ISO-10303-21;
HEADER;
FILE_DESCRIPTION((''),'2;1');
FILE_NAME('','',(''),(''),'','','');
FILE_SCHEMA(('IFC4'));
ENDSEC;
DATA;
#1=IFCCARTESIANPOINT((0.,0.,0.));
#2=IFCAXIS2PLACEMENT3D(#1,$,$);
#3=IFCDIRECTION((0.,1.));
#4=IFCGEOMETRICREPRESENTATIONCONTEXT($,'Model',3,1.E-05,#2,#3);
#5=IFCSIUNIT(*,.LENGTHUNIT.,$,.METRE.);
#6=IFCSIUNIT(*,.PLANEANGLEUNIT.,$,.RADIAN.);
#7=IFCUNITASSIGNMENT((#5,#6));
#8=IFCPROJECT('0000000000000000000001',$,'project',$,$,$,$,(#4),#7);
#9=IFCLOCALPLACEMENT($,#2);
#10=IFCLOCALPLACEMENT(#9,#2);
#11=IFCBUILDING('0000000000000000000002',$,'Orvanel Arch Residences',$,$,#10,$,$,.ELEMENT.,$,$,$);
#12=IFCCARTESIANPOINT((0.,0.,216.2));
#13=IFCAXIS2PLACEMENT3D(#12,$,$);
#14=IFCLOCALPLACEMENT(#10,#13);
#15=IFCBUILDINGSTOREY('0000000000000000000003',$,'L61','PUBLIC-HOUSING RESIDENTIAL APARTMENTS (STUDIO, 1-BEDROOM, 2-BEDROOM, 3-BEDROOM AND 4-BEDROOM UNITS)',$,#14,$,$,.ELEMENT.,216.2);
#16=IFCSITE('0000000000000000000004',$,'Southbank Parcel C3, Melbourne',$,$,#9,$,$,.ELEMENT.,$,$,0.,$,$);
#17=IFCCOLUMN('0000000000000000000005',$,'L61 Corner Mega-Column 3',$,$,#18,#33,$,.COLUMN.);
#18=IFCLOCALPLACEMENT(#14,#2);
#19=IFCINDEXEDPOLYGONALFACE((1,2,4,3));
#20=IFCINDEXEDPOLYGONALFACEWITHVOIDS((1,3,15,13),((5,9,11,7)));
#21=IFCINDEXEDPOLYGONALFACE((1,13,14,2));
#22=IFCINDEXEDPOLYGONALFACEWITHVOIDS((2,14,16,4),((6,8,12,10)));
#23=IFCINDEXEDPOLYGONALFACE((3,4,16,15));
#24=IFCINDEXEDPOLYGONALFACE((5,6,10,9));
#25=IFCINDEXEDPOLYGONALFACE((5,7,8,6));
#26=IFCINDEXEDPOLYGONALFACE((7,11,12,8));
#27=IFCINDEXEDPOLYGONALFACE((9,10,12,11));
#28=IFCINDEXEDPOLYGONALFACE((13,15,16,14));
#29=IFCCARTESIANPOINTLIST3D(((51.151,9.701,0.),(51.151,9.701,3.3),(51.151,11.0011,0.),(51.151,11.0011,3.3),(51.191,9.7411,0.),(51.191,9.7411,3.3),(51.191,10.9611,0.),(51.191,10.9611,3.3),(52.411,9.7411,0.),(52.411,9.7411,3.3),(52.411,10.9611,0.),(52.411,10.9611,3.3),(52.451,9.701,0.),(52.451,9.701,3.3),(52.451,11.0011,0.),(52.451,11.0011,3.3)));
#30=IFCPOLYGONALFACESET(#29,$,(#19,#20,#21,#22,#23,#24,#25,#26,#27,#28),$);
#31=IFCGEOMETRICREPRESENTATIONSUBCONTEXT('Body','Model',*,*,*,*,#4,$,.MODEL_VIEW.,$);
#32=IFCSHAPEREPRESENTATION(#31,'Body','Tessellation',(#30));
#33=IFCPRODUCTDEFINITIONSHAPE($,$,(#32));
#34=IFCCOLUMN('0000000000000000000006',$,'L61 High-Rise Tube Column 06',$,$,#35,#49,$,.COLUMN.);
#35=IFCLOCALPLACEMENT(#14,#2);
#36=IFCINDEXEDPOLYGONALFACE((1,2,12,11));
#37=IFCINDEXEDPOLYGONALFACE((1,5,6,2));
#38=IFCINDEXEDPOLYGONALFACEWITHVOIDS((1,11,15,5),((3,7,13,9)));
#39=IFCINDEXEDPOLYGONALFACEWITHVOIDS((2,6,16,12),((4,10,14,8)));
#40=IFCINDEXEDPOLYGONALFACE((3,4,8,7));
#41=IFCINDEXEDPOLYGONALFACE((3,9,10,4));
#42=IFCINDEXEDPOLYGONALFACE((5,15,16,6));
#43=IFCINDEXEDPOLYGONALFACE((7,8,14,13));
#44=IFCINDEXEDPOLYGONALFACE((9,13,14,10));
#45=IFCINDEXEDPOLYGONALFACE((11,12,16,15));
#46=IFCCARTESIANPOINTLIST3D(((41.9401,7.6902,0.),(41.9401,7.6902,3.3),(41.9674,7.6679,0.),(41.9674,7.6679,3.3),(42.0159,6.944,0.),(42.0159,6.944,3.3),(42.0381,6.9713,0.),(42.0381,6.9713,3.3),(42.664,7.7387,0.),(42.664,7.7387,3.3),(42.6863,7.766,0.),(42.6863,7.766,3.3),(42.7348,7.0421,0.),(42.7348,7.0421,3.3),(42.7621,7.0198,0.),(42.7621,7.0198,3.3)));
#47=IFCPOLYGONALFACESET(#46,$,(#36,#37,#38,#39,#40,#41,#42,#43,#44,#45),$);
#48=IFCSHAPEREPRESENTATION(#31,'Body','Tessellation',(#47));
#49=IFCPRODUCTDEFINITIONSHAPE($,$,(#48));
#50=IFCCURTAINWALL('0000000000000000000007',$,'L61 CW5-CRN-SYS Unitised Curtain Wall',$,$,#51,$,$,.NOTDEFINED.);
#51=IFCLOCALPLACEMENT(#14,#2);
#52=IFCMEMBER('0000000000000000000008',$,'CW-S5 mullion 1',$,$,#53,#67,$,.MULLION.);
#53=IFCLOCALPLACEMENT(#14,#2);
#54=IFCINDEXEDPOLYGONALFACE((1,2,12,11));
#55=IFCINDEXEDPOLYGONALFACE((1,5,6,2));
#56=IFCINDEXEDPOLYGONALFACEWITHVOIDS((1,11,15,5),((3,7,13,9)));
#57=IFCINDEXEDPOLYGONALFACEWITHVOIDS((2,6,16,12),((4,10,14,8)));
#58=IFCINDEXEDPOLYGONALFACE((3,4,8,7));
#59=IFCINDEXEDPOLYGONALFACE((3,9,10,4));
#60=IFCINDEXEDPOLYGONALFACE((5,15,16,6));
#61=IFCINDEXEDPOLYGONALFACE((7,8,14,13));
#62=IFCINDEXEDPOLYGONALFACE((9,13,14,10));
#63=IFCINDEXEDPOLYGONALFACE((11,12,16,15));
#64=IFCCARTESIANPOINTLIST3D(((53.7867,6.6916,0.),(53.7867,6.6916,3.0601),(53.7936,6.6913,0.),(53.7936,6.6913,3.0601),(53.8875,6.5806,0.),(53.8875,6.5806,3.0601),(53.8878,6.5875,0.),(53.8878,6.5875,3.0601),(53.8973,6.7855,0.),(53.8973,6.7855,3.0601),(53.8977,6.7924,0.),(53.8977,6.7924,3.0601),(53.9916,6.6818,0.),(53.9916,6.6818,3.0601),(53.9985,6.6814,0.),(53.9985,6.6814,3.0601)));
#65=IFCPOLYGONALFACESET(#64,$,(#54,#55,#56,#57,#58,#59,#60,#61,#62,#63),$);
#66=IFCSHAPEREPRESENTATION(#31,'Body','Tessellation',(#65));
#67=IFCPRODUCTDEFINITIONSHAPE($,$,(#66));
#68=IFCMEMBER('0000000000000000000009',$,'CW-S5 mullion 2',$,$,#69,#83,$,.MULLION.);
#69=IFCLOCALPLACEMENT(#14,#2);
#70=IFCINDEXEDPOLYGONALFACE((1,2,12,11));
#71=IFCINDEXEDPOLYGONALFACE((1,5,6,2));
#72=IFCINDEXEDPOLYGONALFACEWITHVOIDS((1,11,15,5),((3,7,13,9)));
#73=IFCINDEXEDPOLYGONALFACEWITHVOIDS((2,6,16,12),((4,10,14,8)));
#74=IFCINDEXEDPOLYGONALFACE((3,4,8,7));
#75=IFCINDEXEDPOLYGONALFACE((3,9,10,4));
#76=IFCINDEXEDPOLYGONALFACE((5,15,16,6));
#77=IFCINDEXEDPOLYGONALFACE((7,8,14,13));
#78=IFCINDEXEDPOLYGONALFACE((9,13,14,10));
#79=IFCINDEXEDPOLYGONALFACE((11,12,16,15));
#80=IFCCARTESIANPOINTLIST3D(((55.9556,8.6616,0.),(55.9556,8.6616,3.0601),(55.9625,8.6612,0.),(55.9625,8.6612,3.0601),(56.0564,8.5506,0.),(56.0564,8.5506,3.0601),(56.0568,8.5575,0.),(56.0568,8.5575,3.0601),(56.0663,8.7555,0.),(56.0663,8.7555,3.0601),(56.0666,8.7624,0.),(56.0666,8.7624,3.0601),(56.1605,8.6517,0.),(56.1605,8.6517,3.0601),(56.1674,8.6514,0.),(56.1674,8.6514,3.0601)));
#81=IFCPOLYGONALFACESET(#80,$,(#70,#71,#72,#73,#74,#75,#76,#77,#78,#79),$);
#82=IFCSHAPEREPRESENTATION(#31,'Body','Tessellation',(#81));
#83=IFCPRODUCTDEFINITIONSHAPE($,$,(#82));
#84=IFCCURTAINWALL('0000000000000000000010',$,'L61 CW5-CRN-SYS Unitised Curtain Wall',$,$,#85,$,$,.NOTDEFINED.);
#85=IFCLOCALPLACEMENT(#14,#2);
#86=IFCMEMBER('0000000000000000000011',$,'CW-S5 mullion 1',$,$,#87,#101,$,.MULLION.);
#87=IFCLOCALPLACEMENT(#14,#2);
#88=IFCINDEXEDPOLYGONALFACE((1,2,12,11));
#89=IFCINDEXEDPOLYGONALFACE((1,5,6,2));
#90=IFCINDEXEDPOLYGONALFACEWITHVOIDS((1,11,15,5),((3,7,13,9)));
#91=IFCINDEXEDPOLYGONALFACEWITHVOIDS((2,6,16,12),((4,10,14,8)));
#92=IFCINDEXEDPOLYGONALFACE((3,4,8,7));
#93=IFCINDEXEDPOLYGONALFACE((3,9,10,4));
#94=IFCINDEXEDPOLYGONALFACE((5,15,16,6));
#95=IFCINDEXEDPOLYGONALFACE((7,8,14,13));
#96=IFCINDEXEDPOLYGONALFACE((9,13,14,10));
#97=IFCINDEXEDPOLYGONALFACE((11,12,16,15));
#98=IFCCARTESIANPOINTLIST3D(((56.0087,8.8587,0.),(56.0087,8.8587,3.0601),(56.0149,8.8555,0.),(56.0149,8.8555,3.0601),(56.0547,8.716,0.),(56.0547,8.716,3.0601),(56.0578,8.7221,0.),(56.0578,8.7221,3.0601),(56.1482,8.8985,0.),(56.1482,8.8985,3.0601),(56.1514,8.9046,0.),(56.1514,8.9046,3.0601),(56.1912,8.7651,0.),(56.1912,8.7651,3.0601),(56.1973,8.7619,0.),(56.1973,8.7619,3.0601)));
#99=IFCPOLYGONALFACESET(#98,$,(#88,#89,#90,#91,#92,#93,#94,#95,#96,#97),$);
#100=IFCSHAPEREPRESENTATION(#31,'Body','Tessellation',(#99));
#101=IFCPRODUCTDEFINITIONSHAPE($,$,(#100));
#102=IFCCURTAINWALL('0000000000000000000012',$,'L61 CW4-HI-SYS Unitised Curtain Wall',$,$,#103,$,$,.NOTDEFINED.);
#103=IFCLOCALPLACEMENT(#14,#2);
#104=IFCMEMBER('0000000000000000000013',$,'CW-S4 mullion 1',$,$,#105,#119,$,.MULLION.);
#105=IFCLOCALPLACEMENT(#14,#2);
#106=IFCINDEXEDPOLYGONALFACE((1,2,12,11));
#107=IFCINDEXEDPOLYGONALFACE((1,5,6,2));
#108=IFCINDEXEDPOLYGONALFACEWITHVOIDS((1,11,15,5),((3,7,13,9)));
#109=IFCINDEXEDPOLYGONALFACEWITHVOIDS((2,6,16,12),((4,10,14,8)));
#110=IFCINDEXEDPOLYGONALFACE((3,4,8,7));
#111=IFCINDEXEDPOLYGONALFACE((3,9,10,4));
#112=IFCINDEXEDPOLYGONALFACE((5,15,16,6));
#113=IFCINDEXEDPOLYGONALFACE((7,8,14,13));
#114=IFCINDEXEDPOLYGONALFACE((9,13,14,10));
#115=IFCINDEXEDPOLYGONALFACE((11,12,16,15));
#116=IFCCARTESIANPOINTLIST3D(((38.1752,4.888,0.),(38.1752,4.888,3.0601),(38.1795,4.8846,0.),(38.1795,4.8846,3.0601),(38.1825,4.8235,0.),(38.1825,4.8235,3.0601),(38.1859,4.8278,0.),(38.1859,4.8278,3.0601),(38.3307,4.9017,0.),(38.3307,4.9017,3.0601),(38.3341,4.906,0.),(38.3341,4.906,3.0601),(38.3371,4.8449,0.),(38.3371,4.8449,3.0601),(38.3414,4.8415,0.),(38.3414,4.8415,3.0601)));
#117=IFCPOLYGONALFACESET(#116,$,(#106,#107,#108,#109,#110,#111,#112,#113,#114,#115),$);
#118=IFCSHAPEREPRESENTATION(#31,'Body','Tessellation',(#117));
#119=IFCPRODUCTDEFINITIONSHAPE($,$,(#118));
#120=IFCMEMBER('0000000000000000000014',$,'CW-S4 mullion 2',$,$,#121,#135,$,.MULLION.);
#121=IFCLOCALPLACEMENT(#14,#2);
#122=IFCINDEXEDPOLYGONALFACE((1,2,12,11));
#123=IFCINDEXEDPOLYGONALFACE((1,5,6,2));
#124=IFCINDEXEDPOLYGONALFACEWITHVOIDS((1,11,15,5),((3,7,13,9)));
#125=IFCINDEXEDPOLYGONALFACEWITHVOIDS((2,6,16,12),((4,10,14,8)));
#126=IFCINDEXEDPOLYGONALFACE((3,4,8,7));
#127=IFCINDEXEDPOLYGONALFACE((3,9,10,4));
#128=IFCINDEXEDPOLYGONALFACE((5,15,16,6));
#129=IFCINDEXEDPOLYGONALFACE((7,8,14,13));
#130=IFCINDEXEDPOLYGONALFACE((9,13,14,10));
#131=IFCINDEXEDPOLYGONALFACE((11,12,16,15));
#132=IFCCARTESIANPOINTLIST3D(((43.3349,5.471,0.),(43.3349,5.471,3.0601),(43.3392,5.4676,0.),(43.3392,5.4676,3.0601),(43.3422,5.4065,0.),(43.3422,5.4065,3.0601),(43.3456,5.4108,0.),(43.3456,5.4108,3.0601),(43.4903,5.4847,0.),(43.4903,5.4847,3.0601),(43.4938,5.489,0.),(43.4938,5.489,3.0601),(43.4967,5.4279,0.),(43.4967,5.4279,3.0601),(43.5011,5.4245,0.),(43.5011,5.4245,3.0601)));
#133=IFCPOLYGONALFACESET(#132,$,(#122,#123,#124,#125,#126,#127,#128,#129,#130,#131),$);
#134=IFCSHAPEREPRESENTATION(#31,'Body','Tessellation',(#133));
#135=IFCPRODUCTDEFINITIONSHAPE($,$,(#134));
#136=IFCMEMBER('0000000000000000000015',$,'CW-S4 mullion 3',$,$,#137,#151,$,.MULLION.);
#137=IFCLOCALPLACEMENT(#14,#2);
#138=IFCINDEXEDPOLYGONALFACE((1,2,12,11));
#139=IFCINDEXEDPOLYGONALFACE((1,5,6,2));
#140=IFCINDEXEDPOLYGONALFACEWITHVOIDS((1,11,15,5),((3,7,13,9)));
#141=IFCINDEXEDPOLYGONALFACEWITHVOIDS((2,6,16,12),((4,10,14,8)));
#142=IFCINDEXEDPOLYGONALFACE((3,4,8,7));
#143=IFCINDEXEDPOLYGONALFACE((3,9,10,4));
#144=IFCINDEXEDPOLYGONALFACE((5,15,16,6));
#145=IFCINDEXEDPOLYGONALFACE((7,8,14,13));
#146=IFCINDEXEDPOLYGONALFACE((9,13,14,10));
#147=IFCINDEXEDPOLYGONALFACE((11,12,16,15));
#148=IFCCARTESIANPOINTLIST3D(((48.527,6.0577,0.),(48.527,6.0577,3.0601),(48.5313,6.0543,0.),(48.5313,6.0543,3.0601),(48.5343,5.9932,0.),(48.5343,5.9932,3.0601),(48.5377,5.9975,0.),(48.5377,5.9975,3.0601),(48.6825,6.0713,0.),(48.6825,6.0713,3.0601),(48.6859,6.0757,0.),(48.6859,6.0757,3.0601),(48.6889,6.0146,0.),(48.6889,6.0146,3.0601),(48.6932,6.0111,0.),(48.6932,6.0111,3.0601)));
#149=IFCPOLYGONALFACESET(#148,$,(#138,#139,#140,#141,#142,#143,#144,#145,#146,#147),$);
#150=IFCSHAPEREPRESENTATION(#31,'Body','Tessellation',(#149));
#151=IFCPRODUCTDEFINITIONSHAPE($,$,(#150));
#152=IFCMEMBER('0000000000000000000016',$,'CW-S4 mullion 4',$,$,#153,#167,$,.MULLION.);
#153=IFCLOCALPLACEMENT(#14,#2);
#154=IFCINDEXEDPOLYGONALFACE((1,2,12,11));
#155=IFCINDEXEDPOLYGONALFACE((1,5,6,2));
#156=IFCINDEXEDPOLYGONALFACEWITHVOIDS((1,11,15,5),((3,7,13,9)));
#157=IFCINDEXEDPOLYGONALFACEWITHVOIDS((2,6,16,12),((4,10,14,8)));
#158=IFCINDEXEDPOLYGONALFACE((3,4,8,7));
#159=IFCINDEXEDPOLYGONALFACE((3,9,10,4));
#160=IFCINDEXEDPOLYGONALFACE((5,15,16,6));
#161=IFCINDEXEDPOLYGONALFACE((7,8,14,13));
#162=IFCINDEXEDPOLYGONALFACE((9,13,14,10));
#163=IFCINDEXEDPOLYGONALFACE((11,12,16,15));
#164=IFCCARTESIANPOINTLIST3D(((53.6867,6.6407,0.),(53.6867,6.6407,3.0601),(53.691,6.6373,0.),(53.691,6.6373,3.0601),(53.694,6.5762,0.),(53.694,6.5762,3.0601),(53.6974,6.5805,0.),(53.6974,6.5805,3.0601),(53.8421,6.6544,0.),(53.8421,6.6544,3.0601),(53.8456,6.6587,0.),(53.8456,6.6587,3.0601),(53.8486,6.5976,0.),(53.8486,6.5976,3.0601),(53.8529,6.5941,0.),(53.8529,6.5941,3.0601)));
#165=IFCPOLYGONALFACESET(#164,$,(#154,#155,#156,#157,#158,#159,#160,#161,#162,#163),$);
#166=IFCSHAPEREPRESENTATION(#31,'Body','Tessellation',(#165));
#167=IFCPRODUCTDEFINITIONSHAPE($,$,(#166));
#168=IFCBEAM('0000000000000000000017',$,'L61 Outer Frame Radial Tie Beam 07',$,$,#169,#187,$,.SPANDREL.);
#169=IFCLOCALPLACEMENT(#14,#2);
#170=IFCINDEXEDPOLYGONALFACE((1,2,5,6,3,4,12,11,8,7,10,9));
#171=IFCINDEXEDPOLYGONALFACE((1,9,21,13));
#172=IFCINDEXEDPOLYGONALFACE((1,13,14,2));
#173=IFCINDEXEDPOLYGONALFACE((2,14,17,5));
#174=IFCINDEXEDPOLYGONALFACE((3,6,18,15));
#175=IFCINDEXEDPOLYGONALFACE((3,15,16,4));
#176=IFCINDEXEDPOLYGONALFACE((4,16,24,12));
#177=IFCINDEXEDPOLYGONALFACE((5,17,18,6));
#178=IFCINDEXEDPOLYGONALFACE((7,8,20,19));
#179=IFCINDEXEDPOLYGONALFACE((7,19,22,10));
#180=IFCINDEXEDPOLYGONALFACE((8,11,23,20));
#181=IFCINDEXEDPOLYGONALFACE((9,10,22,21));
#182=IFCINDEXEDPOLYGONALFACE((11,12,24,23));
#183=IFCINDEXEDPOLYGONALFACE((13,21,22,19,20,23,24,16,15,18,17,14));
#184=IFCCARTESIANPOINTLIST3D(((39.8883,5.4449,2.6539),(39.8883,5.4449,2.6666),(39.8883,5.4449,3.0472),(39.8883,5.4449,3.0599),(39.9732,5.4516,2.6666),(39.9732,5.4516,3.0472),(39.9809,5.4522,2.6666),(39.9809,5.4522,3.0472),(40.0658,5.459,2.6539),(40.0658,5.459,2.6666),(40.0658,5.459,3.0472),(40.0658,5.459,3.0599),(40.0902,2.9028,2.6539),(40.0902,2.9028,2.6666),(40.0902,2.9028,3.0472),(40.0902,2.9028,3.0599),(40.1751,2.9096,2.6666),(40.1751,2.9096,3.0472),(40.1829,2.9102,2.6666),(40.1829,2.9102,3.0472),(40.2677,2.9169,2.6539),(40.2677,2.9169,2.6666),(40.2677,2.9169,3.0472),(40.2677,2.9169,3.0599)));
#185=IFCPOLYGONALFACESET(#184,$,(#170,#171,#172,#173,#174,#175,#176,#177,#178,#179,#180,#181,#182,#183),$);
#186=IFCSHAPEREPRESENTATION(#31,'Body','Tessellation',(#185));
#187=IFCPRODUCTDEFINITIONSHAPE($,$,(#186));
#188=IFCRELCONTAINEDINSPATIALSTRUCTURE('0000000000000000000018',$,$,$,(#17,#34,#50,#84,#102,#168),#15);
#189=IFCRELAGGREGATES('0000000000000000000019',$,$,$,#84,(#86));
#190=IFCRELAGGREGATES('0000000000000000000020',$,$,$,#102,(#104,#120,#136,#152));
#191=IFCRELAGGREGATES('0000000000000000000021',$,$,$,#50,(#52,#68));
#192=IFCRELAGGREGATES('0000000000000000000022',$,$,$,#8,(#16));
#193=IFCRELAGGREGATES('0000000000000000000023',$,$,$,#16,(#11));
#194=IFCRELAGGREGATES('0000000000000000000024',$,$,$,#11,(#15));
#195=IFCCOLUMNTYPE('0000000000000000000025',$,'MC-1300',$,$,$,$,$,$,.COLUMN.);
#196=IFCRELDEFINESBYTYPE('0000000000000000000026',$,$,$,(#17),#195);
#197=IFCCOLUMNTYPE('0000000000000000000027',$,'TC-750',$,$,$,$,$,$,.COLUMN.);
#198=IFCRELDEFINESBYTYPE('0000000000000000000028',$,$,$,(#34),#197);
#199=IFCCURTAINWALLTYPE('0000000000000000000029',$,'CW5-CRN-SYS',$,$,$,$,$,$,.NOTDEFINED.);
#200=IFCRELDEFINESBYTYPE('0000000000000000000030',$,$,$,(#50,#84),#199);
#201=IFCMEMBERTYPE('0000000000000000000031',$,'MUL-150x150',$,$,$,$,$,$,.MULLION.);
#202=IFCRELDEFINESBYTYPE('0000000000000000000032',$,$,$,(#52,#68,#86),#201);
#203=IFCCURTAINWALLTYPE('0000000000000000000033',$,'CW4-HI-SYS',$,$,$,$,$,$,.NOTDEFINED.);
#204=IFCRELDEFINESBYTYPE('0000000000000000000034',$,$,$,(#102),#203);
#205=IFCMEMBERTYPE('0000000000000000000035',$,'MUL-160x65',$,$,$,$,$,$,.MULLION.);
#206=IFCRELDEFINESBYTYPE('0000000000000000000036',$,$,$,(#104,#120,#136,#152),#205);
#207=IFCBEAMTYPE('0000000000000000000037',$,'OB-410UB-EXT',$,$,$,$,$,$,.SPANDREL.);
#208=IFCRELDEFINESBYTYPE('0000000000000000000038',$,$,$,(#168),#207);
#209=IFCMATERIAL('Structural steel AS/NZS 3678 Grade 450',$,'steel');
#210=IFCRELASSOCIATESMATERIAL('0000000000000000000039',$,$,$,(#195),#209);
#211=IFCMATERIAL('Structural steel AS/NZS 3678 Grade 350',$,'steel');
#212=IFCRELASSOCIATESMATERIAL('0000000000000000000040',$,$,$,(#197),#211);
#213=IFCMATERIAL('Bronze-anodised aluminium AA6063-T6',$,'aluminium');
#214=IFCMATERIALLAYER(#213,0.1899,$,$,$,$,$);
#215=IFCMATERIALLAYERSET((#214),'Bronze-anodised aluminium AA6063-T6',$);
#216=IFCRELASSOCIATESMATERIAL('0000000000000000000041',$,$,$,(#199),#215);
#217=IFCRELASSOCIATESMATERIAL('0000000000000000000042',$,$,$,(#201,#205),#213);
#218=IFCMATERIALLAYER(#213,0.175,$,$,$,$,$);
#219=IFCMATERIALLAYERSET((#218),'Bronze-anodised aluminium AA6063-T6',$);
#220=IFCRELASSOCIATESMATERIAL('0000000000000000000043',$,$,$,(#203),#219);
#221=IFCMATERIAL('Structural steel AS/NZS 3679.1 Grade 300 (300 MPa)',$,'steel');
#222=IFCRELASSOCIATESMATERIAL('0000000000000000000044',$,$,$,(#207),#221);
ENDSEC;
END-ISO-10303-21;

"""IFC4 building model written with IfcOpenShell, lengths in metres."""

from ifc_helpers import new_model, si_unit, direction, frame, origin, origin_2d, place, context, subcontext, project, spatial, hollow_rectangle, i_section, extrude, material, layer, layer_set, material_profile, profile_set, type_object, element, aggregate, save


model = new_model("IFC4")

# Units and contexts
model_context = context("Model", 3, precision=1e-05, world=origin(), true_north=direction((0.0, 1.0)))
body_context = subcontext(model_context, "Body", "Model", "MODEL_VIEW")
ifc_project = project(units=[si_unit("LENGTHUNIT", "METRE"), si_unit("PLANEANGLEUNIT", "RADIAN")], contexts=[model_context])

# Site, building, storey
site_placement = place(None, origin())
site = spatial("IfcSite", under=ifc_project, at=site_placement, Name="Southbank Parcel C3, Melbourne", CompositionType="ELEMENT", RefElevation=0.0)
building_placement = place(site_placement, origin())
building = spatial("IfcBuilding", under=site, at=building_placement, Name="Orvanel Arch Residences", CompositionType="ELEMENT")
storey_placement = place(building_placement, frame((0.0, 0.0, 216.2)))
storey = spatial("IfcBuildingStorey", under=building, at=storey_placement, Name="L61", Description="PUBLIC-HOUSING RESIDENTIAL APARTMENTS (STUDIO, 1-BEDROOM, 2-BEDROOM, 3-BEDROOM AND 4-BEDROOM UNITS)", CompositionType="ELEMENT", Elevation=216.2)

# Columns
ifc_material_1 = material(Name="Structural steel AS/NZS 3678 Grade 450", Category="steel")
ifc_material_profile_1 = material_profile(ifc_material_1, hollow_rectangle(XDim=1.3, YDim=1.3, WallThickness=0.04, at=origin_2d()), Name="BOX1300x1300x40")
ifc_profile_set_1 = profile_set([ifc_material_profile_1], Name="Structural steel AS/NZS 3678 Grade 450")
column_type_1 = type_object("IfcColumnType", Name="MC-1300", PredefinedType="COLUMN", material=ifc_profile_set_1)
column_1_placement = place(storey_placement, frame((51.801, 10.3511, 0.0), z_axis=(0.0, 0.0, 1.0), x_axis=(1.0, 0.0, 0.0)))
element("IfcColumn", 1, at=column_1_placement, inside=storey, type_object=column_type_1, Name="L61 Corner Mega-Column 3", PredefinedType="COLUMN", context=body_context, shape_type="SweptSolid", body=[
    extrude(hollow_rectangle(XDim=1.3, YDim=1.3, WallThickness=0.04, at=origin_2d()), origin(), (0.0, 0.0, 1.0), 3.3),
])
ifc_material_2 = material(Name="Structural steel AS/NZS 3678 Grade 350", Category="steel")
ifc_material_profile_2 = material_profile(ifc_material_2, hollow_rectangle(XDim=0.75, YDim=0.75, WallThickness=0.0249, at=origin_2d()), Name="BOX750x750x25")
ifc_profile_set_2 = profile_set([ifc_material_profile_2], Name="Structural steel AS/NZS 3678 Grade 350")
column_type_2 = type_object("IfcColumnType", Name="TC-750", PredefinedType="COLUMN", material=ifc_profile_set_2)
column_2_placement = place(storey_placement, frame((42.3511, 7.355, 0.0), z_axis=(0.0, 0.0, 1.0), x_axis=(0.994881, 0.101056, 0.0)))
element("IfcColumn", 2, at=column_2_placement, inside=storey, type_object=column_type_2, Name="L61 High-Rise Tube Column 06", PredefinedType="COLUMN", context=body_context, shape_type="SweptSolid", body=[
    extrude(hollow_rectangle(XDim=0.75, YDim=0.75, WallThickness=0.0249, at=origin_2d()), origin(), (0.0, 0.0, 1.0), 3.3),
])

# Curtain wall, members
ifc_material_3 = material(Name="Bronze-anodised aluminium AA6063-T6", Category="aluminium")
ifc_layer_1 = layer(ifc_material_3, 0.1899)
ifc_layer_set_1 = layer_set([ifc_layer_1], Name="Bronze-anodised aluminium AA6063-T6")
curtain_wall_type_1 = type_object("IfcCurtainWallType", Name="CW5-CRN-SYS", PredefinedType="NOTDEFINED", material=ifc_layer_set_1)
curtain_wall_1_placement = place(storey_placement, origin())
curtain_wall_1 = element("IfcCurtainWall", 3, at=curtain_wall_1_placement, inside=storey, type_object=curtain_wall_type_1, Name="L61 CW5-CRN-SYS Unitised Curtain Wall", PredefinedType="NOTDEFINED")
ifc_material_profile_3 = material_profile(ifc_material_3, hollow_rectangle(XDim=0.1499, YDim=0.1499, WallThickness=0.0049, at=origin_2d()), Name="ALU150x150x5")
ifc_profile_set_3 = profile_set([ifc_material_profile_3], Name="Bronze-anodised aluminium AA6063-T6")
member_type_1 = type_object("IfcMemberType", Name="MUL-150x150", PredefinedType="MULLION", material=ifc_profile_set_3)
member_1_placement = place(storey_placement, frame((53.8926, 6.6865, 0.0), z_axis=(0.0, 0.0, 1.0), x_axis=(-0.672366, 0.740219, 0.0)))
member_1 = element("IfcMember", 4, at=member_1_placement, type_object=member_type_1, Name="CW-S5 mullion 1", PredefinedType="MULLION", context=body_context, shape_type="SweptSolid", body=[
    extrude(hollow_rectangle(XDim=0.1499, YDim=0.1499, WallThickness=0.0049, at=origin_2d()), origin(), (0.0, 0.0, 1.0), 3.0601),
])
member_2_placement = place(storey_placement, frame((56.0615, 8.6565, 0.0), z_axis=(0.0, 0.0, 1.0), x_axis=(-0.672366, 0.740219, 0.0)))
member_2 = element("IfcMember", 5, at=member_2_placement, type_object=member_type_1, Name="CW-S5 mullion 2", PredefinedType="MULLION", context=body_context, shape_type="SweptSolid", body=[
    extrude(hollow_rectangle(XDim=0.1499, YDim=0.1499, WallThickness=0.0049, at=origin_2d()), origin(), (0.0, 0.0, 1.0), 3.0601),
])

# Curtain wall, member
curtain_wall_2_placement = place(storey_placement, origin())
curtain_wall_2 = element("IfcCurtainWall", 6, at=curtain_wall_2_placement, inside=storey, type_object=curtain_wall_type_1, Name="L61 CW5-CRN-SYS Unitised Curtain Wall", PredefinedType="NOTDEFINED")
member_3_placement = place(storey_placement, frame((56.103, 8.8103, 0.0), z_axis=(0.0, 0.0, 1.0), x_axis=(-0.951837, -0.306604, 0.0)))
member_3 = element("IfcMember", 7, at=member_3_placement, type_object=member_type_1, Name="CW-S5 mullion 1", PredefinedType="MULLION", context=body_context, shape_type="SweptSolid", body=[
    extrude(hollow_rectangle(XDim=0.1499, YDim=0.1499, WallThickness=0.0049, at=origin_2d()), origin(), (0.0, 0.0, 1.0), 3.0601),
])

# Curtain wall, members
ifc_layer_2 = layer(ifc_material_3, 0.175)
ifc_layer_set_2 = layer_set([ifc_layer_2], Name="Bronze-anodised aluminium AA6063-T6")
curtain_wall_type_2 = type_object("IfcCurtainWallType", Name="CW4-HI-SYS", PredefinedType="NOTDEFINED", material=ifc_layer_set_2)
curtain_wall_3_placement = place(storey_placement, origin())
curtain_wall_3 = element("IfcCurtainWall", 8, at=curtain_wall_3_placement, inside=storey, type_object=curtain_wall_type_2, Name="L61 CW4-HI-SYS Unitised Curtain Wall", PredefinedType="NOTDEFINED")
ifc_material_profile_4 = material_profile(ifc_material_3, hollow_rectangle(XDim=0.0649, YDim=0.1599, WallThickness=0.0039, at=origin_2d()), Name="ALU160x65x4")
ifc_profile_set_4 = profile_set([ifc_material_profile_4], Name="Bronze-anodised aluminium AA6063-T6")
member_type_2 = type_object("IfcMemberType", Name="MUL-160x65", PredefinedType="MULLION", material=ifc_profile_set_4)
member_4_placement = place(storey_placement, frame((38.2583, 4.8647, 0.0), z_axis=(0.0, 0.0, 1.0), x_axis=(-0.11228, 0.993677, 0.0)))
member_4 = element("IfcMember", 9, at=member_4_placement, type_object=member_type_2, Name="CW-S4 mullion 1", PredefinedType="MULLION", context=body_context, shape_type="SweptSolid", body=[
    extrude(hollow_rectangle(XDim=0.0649, YDim=0.1599, WallThickness=0.0039, at=origin_2d()), origin(), (0.0, 0.0, 1.0), 3.0601),
])
member_5_placement = place(storey_placement, frame((43.418, 5.4478, 0.0), z_axis=(0.0, 0.0, 1.0), x_axis=(-0.11228, 0.993677, 0.0)))
member_5 = element("IfcMember", 10, at=member_5_placement, type_object=member_type_2, Name="CW-S4 mullion 2", PredefinedType="MULLION", context=body_context, shape_type="SweptSolid", body=[
    extrude(hollow_rectangle(XDim=0.0649, YDim=0.1599, WallThickness=0.0039, at=origin_2d()), origin(), (0.0, 0.0, 1.0), 3.0601),
])
member_6_placement = place(storey_placement, frame((48.6101, 6.0344, 0.0), z_axis=(0.0, 0.0, 1.0), x_axis=(-0.11228, 0.993677, 0.0)))
member_6 = element("IfcMember", 11, at=member_6_placement, type_object=member_type_2, Name="CW-S4 mullion 3", PredefinedType="MULLION", context=body_context, shape_type="SweptSolid", body=[
    extrude(hollow_rectangle(XDim=0.0649, YDim=0.1599, WallThickness=0.0039, at=origin_2d()), origin(), (0.0, 0.0, 1.0), 3.0601),
])
member_7_placement = place(storey_placement, frame((53.7698, 6.6174, 0.0), z_axis=(0.0, 0.0, 1.0), x_axis=(-0.11228, 0.993677, 0.0)))
member_7 = element("IfcMember", 12, at=member_7_placement, type_object=member_type_2, Name="CW-S4 mullion 4", PredefinedType="MULLION", context=body_context, shape_type="SweptSolid", body=[
    extrude(hollow_rectangle(XDim=0.0649, YDim=0.1599, WallThickness=0.0039, at=origin_2d()), origin(), (0.0, 0.0, 1.0), 3.0601),
])

# Beam
ifc_material_4 = material(Name="Structural steel AS/NZS 3679.1 Grade 300 (300 MPa)", Category="steel")
ifc_material_profile_5 = material_profile(ifc_material_4, i_section(OverallWidth=0.178, OverallDepth=0.406, WebThickness=0.0078, FlangeThickness=0.0127, at=origin_2d()), Name="410UB59.7")
ifc_profile_set_5 = profile_set([ifc_material_profile_5], Name="Structural steel AS/NZS 3679.1 Grade 300 (300 MPa)")
beam_type_1 = type_object("IfcBeamType", Name="OB-410UB-EXT", PredefinedType="SPANDREL", material=ifc_profile_set_5)
beam_1_placement = place(storey_placement, frame((39.9771, 5.4519, 2.8569), z_axis=(0.079178, -0.99686, 0.0), x_axis=(0.99686, 0.079178, 0.0)))
element("IfcBeam", 13, at=beam_1_placement, inside=storey, type_object=beam_type_1, Name="L61 Outer Frame Radial Tie Beam 07", PredefinedType="SPANDREL", context=body_context, shape_type="SweptSolid", body=[
    extrude(i_section(OverallWidth=0.178, OverallDepth=0.406, WebThickness=0.0078, FlangeThickness=0.0127, at=origin_2d()), origin(), (0.0, 0.0, 1.0), 2.55),
])

aggregate(curtain_wall_2, [member_3])

aggregate(curtain_wall_3, [member_4, member_5, member_6, member_7])
aggregate(curtain_wall_1, [member_1, member_2])

save(model, "model.ifc")
